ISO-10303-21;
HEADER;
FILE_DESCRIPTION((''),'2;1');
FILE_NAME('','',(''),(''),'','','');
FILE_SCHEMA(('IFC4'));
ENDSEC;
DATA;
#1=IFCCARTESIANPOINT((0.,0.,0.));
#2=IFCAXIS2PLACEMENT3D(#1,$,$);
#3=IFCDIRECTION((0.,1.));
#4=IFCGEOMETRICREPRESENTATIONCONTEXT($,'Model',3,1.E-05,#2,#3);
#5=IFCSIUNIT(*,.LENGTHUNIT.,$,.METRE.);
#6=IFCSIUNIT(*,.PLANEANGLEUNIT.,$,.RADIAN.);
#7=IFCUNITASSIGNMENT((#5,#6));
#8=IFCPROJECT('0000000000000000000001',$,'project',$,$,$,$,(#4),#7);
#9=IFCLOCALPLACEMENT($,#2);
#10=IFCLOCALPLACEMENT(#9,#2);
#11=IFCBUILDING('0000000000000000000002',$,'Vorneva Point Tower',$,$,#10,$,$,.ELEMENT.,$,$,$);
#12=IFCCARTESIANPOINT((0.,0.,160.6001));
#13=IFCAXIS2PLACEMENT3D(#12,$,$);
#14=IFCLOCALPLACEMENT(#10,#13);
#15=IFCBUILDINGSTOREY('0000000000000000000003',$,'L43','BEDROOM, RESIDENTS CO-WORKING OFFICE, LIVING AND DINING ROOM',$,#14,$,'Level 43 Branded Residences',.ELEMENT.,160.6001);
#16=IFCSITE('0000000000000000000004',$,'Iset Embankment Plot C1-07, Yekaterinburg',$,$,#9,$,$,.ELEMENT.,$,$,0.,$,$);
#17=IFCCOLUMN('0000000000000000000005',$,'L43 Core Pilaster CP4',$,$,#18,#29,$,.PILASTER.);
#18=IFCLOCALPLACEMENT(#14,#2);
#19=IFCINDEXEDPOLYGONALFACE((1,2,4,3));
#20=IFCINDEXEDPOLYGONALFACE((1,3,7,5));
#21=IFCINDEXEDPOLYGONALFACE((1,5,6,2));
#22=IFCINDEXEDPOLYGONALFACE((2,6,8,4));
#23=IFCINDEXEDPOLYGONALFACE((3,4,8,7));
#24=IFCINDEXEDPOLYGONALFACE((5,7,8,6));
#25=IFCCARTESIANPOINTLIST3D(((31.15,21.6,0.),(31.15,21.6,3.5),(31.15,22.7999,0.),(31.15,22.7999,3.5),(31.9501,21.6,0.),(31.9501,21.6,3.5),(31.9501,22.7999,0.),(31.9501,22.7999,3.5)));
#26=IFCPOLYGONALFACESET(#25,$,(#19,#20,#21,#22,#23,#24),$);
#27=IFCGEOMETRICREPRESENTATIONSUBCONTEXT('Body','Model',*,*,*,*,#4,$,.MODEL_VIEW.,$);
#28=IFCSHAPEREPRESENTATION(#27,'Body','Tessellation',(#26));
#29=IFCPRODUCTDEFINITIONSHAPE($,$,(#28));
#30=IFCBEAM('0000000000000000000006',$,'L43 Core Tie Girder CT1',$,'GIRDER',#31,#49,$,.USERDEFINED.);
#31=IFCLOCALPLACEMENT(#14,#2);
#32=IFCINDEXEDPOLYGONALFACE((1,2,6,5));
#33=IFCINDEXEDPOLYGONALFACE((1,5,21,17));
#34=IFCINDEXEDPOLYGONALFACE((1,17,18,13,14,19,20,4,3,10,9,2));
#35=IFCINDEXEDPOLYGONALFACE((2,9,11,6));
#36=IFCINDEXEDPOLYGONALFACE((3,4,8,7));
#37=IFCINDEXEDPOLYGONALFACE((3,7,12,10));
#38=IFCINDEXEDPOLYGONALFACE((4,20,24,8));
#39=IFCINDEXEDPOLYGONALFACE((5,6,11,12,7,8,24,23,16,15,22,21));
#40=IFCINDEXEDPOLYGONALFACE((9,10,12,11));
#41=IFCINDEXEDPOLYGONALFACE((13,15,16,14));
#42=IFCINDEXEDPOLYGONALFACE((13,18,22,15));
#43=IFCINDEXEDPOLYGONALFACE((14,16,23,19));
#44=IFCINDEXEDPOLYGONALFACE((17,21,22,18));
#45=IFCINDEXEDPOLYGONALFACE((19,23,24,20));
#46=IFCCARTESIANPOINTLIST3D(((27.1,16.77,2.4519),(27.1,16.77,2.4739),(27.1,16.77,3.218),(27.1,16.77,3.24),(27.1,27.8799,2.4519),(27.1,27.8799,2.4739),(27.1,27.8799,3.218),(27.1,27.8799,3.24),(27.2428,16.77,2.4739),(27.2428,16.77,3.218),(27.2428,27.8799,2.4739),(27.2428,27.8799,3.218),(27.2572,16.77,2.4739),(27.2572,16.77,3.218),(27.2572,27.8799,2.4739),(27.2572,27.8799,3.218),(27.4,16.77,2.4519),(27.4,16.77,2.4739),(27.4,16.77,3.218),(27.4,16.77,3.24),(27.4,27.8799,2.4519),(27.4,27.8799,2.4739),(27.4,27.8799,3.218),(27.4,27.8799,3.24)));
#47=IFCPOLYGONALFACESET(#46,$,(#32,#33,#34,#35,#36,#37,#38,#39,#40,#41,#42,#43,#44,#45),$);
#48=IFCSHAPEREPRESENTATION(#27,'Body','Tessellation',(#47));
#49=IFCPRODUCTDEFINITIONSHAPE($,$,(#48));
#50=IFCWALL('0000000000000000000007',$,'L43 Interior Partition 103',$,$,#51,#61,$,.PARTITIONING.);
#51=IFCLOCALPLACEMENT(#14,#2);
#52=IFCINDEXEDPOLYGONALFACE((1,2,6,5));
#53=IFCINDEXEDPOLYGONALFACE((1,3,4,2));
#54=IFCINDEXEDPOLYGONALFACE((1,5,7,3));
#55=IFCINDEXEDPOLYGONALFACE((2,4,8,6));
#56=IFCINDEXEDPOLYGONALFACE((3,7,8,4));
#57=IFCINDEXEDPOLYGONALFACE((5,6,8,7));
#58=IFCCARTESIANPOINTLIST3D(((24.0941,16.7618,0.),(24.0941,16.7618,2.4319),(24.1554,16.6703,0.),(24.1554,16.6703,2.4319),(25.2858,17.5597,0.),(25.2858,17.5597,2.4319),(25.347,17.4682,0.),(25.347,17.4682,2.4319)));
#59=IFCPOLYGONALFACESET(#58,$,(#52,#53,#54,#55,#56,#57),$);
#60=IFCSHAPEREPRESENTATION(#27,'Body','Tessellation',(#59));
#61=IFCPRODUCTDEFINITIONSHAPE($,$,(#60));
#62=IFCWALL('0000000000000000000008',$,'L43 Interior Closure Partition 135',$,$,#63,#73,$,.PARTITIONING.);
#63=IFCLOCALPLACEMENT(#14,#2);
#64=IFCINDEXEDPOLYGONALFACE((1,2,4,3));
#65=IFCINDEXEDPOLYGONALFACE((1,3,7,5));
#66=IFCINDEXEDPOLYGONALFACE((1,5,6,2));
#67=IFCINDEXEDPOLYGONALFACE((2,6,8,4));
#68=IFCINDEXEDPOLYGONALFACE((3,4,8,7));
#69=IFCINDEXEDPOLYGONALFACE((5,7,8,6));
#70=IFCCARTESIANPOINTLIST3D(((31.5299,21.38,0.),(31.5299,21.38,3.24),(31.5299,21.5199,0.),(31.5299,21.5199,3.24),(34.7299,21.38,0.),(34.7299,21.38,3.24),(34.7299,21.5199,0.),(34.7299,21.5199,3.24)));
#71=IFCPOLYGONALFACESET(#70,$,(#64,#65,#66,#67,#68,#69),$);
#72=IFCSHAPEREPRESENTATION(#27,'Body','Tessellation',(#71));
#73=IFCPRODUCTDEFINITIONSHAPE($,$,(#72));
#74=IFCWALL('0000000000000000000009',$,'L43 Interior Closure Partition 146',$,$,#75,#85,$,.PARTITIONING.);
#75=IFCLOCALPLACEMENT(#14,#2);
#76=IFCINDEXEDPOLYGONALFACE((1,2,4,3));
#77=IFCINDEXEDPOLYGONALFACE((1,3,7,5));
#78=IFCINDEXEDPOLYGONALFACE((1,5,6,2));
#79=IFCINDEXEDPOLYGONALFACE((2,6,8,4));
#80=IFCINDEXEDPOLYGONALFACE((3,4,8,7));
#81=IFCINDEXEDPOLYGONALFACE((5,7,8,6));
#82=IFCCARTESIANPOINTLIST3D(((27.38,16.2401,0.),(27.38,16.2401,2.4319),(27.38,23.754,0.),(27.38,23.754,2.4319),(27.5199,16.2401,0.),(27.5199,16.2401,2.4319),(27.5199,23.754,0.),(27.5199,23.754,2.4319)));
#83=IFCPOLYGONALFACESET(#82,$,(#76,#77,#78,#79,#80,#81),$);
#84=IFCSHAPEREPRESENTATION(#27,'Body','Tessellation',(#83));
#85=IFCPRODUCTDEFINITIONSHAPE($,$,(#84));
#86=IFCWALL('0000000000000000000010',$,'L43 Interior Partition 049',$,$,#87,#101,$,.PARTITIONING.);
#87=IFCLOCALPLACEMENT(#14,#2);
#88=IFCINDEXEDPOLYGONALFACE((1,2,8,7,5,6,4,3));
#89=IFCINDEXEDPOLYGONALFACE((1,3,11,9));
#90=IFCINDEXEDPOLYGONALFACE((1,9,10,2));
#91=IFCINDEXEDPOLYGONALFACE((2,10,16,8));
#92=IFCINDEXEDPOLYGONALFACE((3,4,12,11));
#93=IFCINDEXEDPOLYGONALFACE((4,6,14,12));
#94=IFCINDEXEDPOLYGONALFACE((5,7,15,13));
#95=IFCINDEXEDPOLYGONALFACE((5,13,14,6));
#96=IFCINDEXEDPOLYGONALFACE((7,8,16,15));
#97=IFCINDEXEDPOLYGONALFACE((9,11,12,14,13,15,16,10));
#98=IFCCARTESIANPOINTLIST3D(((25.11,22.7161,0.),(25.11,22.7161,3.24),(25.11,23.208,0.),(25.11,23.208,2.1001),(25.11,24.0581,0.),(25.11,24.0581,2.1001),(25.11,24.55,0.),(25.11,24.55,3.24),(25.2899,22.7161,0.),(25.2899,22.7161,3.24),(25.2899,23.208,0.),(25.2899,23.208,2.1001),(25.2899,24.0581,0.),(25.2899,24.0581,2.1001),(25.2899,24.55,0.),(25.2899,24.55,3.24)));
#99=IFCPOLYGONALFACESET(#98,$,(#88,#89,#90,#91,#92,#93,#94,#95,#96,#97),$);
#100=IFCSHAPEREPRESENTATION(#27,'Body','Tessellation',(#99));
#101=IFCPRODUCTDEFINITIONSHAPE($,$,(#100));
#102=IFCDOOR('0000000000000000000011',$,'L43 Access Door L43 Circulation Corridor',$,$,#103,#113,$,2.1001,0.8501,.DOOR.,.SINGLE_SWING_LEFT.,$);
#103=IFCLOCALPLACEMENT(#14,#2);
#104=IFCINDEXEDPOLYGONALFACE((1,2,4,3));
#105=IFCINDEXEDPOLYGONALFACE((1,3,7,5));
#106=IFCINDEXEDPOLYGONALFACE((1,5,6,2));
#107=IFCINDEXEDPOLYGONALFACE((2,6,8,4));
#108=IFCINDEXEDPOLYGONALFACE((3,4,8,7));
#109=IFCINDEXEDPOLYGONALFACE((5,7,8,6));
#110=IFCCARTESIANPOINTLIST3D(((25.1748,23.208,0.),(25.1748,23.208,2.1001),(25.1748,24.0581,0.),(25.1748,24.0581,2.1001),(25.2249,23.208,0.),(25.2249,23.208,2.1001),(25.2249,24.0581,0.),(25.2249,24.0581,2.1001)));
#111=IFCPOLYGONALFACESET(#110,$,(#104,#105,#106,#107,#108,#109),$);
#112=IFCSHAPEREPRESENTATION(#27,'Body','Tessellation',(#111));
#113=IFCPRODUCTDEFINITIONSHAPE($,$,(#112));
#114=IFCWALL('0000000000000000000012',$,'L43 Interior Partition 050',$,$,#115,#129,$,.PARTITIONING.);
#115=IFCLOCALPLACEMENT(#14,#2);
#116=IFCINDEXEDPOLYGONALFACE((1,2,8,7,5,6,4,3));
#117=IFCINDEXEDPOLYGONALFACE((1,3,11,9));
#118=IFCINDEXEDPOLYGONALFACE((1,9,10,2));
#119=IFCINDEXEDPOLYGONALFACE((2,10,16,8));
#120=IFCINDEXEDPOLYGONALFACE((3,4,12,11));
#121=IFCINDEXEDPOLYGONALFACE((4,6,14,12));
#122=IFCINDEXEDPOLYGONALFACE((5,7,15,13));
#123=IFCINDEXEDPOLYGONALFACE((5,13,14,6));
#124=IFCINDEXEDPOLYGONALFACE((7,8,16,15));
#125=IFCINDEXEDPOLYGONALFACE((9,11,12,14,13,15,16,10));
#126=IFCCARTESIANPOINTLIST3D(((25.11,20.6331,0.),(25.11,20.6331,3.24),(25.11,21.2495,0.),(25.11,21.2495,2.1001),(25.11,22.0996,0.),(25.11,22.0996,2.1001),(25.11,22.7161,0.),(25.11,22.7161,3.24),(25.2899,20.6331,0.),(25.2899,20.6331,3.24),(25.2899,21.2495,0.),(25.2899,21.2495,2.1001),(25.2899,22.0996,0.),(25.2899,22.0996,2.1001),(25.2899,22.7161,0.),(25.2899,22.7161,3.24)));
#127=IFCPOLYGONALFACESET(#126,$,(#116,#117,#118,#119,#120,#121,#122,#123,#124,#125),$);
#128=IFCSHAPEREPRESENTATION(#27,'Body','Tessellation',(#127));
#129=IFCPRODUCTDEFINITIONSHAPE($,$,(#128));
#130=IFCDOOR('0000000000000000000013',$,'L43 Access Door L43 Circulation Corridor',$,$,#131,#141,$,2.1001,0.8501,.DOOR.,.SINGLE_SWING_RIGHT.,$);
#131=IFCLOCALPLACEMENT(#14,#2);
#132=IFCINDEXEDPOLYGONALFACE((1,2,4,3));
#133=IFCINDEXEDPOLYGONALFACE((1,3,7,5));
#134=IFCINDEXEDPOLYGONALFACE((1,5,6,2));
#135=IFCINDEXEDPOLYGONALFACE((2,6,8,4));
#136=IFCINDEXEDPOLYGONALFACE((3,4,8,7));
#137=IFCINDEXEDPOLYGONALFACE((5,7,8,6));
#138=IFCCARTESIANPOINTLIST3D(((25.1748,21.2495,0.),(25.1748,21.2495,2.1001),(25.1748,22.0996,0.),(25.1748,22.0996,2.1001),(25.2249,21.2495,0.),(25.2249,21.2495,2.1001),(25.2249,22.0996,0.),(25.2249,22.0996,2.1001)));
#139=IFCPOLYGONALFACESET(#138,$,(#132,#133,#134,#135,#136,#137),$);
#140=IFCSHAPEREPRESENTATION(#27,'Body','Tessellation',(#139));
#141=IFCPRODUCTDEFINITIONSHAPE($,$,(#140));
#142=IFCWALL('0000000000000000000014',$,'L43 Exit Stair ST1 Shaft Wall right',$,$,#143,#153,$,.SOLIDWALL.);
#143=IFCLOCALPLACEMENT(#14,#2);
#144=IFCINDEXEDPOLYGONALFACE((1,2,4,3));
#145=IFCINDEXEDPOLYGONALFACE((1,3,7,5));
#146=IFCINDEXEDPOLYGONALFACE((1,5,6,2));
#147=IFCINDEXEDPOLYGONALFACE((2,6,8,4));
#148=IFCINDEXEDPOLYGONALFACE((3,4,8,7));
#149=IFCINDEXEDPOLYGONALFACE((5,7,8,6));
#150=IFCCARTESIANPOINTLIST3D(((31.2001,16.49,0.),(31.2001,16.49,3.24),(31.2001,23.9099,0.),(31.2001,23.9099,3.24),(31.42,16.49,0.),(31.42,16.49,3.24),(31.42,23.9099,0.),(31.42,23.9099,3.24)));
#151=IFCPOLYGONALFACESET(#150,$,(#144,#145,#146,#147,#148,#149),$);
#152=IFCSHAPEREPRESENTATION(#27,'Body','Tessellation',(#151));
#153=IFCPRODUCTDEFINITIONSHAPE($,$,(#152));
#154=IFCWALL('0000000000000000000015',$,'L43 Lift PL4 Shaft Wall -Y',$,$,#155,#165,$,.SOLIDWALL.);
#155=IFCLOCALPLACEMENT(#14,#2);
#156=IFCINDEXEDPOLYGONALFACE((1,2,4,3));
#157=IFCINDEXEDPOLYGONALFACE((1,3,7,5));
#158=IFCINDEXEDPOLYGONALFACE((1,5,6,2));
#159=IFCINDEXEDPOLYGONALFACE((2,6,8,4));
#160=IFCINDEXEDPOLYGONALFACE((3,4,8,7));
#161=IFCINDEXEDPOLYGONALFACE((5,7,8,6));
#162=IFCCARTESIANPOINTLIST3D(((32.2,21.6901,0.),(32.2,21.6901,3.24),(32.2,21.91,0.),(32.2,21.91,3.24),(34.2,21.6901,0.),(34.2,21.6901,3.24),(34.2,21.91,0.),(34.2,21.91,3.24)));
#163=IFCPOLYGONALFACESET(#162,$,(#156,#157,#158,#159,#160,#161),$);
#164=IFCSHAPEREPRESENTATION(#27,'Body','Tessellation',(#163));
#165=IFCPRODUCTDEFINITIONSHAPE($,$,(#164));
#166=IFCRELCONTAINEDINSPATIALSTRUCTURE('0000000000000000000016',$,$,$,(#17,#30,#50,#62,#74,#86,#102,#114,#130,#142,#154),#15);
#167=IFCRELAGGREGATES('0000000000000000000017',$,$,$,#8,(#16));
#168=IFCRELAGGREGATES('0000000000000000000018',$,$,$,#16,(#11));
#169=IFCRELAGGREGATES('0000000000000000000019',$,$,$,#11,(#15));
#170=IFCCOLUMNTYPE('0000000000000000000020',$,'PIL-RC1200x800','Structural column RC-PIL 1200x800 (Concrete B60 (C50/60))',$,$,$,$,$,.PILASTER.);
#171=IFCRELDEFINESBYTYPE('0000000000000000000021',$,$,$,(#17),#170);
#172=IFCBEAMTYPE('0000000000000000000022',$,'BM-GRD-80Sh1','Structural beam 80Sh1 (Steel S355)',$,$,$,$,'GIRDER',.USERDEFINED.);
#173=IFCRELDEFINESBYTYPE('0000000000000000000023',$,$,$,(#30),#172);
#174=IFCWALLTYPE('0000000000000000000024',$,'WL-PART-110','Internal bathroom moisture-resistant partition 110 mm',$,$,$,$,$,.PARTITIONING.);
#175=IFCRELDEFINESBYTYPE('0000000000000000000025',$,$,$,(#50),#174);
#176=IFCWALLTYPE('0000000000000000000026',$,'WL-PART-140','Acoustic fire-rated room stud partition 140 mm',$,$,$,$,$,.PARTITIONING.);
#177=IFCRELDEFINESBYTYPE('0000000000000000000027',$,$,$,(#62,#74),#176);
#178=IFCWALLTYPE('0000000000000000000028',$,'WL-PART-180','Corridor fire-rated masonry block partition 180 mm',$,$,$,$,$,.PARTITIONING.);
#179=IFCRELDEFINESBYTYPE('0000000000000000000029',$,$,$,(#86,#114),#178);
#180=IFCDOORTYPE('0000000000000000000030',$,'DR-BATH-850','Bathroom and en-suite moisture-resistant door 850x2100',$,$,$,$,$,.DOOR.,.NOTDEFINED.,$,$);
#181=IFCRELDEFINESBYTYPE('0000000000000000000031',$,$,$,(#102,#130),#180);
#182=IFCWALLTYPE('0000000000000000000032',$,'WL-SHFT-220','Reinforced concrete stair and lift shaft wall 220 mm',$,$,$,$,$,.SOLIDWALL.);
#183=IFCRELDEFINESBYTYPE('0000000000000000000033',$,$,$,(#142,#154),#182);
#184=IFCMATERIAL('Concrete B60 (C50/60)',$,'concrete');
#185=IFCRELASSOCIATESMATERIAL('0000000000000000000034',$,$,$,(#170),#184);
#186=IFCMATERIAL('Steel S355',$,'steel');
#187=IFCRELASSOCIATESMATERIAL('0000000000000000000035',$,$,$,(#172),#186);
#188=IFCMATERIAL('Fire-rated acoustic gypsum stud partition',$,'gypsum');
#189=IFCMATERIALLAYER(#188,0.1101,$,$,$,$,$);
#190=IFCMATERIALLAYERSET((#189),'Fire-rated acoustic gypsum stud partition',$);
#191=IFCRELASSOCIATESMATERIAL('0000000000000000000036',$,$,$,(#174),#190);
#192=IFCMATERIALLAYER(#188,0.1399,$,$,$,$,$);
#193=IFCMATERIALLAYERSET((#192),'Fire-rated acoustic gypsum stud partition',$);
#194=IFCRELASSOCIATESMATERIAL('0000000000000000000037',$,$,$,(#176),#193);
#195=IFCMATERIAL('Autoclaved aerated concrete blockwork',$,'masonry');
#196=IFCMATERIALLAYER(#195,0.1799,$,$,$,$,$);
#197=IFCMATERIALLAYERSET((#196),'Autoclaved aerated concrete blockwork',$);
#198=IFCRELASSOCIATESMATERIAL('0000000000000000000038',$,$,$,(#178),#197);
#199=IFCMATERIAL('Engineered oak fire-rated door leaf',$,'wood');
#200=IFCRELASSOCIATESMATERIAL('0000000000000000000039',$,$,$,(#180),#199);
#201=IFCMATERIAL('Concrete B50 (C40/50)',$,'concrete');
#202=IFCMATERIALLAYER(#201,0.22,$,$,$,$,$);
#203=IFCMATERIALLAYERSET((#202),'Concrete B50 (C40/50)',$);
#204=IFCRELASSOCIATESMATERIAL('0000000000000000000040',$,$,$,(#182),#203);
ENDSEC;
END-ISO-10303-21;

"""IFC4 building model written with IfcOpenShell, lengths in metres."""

from ifc_helpers import new_model, si_unit, direction, frame, frame_2d, origin, origin_2d, place, context, subcontext, project, spatial, rectangle, i_section, extrude, material, layer, layer_set, material_profile, profile_set, type_object, element, fill, save


model = new_model("IFC4")

# Units and contexts
model_context = context("Model", 3, precision=1e-05, world=origin(), true_north=direction((0.0, 1.0)))
body_context = subcontext(model_context, "Body", "Model", "MODEL_VIEW")
ifc_project = project(units=[si_unit("LENGTHUNIT", "METRE"), si_unit("PLANEANGLEUNIT", "RADIAN")], contexts=[model_context])

# Site, building, storey
site_placement = place(None, origin())
site = spatial("IfcSite", under=ifc_project, at=site_placement, Name="Iset Embankment Plot C1-07, Yekaterinburg", CompositionType="ELEMENT", RefElevation=0.0)
building_placement = place(site_placement, origin())
building = spatial("IfcBuilding", under=site, at=building_placement, Name="Vorneva Point Tower", CompositionType="ELEMENT")
storey_placement = place(building_placement, frame((0.0, 0.0, 160.6001)))
storey = spatial("IfcBuildingStorey", under=building, at=storey_placement, Name="L43", Description="BEDROOM, RESIDENTS CO-WORKING OFFICE, LIVING AND DINING ROOM", LongName="Level 43 Branded Residences", CompositionType="ELEMENT", Elevation=160.6001)

# Column
ifc_material_1 = material(Name="Concrete B60 (C50/60)", Category="concrete")
ifc_material_profile_1 = material_profile(ifc_material_1, rectangle(XDim=0.8, YDim=1.2, at=origin_2d()), Name="RC-PIL 1200x800")
ifc_profile_set_1 = profile_set([ifc_material_profile_1], Name="Concrete B60 (C50/60)")
column_type = type_object("IfcColumnType", Name="PIL-RC1200x800", Description="Structural column RC-PIL 1200x800 (Concrete B60 (C50/60))", PredefinedType="PILASTER", material=ifc_profile_set_1)
column_placement = place(storey_placement, frame((31.55, 22.2, 0.0), z_axis=(0.0, 0.0, 1.0), x_axis=(1.0, 0.0, 0.0)))
element("IfcColumn", 1, at=column_placement, inside=storey, type_object=column_type, Name="L43 Core Pilaster CP4", PredefinedType="PILASTER", context=body_context, shape_type="SweptSolid", body=[
    extrude(rectangle(XDim=0.8, YDim=1.2, at=origin_2d()), origin(), (0.0, 0.0, 1.0), 3.5),
])

# Beam
ifc_material_2 = material(Name="Steel S355", Category="steel")
ifc_material_profile_2 = material_profile(ifc_material_2, i_section(OverallWidth=0.3, OverallDepth=0.7881, WebThickness=0.0144, FlangeThickness=0.022, at=origin_2d()), Name="80Sh1")
ifc_profile_set_2 = profile_set([ifc_material_profile_2], Name="Steel S355")
beam_type = type_object("IfcBeamType", Name="BM-GRD-80Sh1", Description="Structural beam 80Sh1 (Steel S355)", ElementType="GIRDER", PredefinedType="USERDEFINED", material=ifc_profile_set_2)
beam_placement = place(storey_placement, frame((27.25, 16.77, 2.8459), z_axis=(0.0, 1.0, 0.0), x_axis=(-1.0, 0.0, 0.0)))
element("IfcBeam", 2, at=beam_placement, inside=storey, type_object=beam_type, Name="L43 Core Tie Girder CT1", ObjectType="GIRDER", PredefinedType="USERDEFINED", context=body_context, shape_type="SweptSolid", body=[
    extrude(i_section(OverallWidth=0.3, OverallDepth=0.7881, WebThickness=0.0144, FlangeThickness=0.022, at=origin_2d()), origin(), (0.0, 0.0, 1.0), 11.1099),
])

# Walls
ifc_material_3 = material(Name="Fire-rated acoustic gypsum stud partition", Category="gypsum")
ifc_layer_1 = layer(ifc_material_3, 0.1101)
ifc_layer_set_1 = layer_set([ifc_layer_1], Name="Fire-rated acoustic gypsum stud partition")
wall_type_1 = type_object("IfcWallType", Name="WL-PART-110", Description="Internal bathroom moisture-resistant partition 110 mm", PredefinedType="PARTITIONING", material=ifc_layer_set_1)
wall_1_placement = place(storey_placement, frame((25.3164, 17.5139, 0.0), z_axis=(0.0, 0.0, 1.0), x_axis=(-0.830949, -0.556349, 0.0)))
element("IfcWall", 3, at=wall_1_placement, inside=storey, type_object=wall_type_1, Name="L43 Interior Partition 103", PredefinedType="PARTITIONING", context=body_context, shape_type="SweptSolid", body=[
    extrude(rectangle(XDim=1.4341, YDim=0.1101, at=frame_2d((0.717, 0.0))), origin(), (0.0, 0.0, 1.0), 2.4319),
])
ifc_layer_2 = layer(ifc_material_3, 0.1399)
ifc_layer_set_2 = layer_set([ifc_layer_2], Name="Fire-rated acoustic gypsum stud partition")
wall_type_2 = type_object("IfcWallType", Name="WL-PART-140", Description="Acoustic fire-rated room stud partition 140 mm", PredefinedType="PARTITIONING", material=ifc_layer_set_2)
wall_2_placement = place(storey_placement, frame((34.73, 21.45, 0.0), z_axis=(0.0, 0.0, 1.0), x_axis=(-1.0, 0.0, 0.0)))
element("IfcWall", 4, at=wall_2_placement, inside=storey, type_object=wall_type_2, Name="L43 Interior Closure Partition 135", PredefinedType="PARTITIONING", context=body_context, shape_type="SweptSolid", body=[
    extrude(rectangle(XDim=3.2, YDim=0.1399, at=frame_2d((1.6001, 0.0))), origin(), (0.0, 0.0, 1.0), 3.24),
])
wall_3_placement = place(storey_placement, frame((27.45, 23.7539, 0.0), z_axis=(0.0, 0.0, 1.0), x_axis=(0.0, -1.0, 0.0)))
element("IfcWall", 5, at=wall_3_placement, inside=storey, type_object=wall_type_2, Name="L43 Interior Closure Partition 146", PredefinedType="PARTITIONING", context=body_context, shape_type="SweptSolid", body=[
    extrude(rectangle(XDim=7.5139, YDim=0.1399, at=frame_2d((3.7568, 0.0))), origin(), (0.0, 0.0, 1.0), 2.4319),
])

# Walls, openings, doors
ifc_material_4 = material(Name="Autoclaved aerated concrete blockwork", Category="masonry")
ifc_layer_3 = layer(ifc_material_4, 0.1799)
ifc_layer_set_3 = layer_set([ifc_layer_3], Name="Autoclaved aerated concrete blockwork")
wall_type_3 = type_object("IfcWallType", Name="WL-PART-180", Description="Corridor fire-rated masonry block partition 180 mm", PredefinedType="PARTITIONING", material=ifc_layer_set_3)
wall_4_placement = place(storey_placement, frame((25.2, 24.55, 0.0), z_axis=(0.0, 0.0, 1.0), x_axis=(0.0, -1.0, 0.0)))
wall_4 = element("IfcWall", 6, at=wall_4_placement, inside=storey, type_object=wall_type_3, Name="L43 Interior Partition 049", PredefinedType="PARTITIONING", context=body_context, shape_type="SweptSolid", body=[
    extrude(rectangle(XDim=1.834, YDim=0.1799, at=frame_2d((0.917, 0.0))), origin(), (0.0, 0.0, 1.0), 3.24),
])
opening_1_placement = place(wall_4_placement, frame((0.4919, 0.0, 0.0)))
opening_1 = element("IfcOpeningElement", 7, at=opening_1_placement, cuts=wall_4, PredefinedType="OPENING", context=body_context, shape_type="SweptSolid", body=[
    extrude(rectangle(XDim=0.8501, YDim=2.1001, at=frame_2d((0.425, 1.05))), frame((0.0, 0.105, 0.0), z_axis=(0.0, -1.0, 0.0), x_axis=(1.0, 0.0, 0.0)), (0.0, 0.0, 1.0), 0.2097),
])
ifc_material_5 = material(Name="Engineered oak fire-rated door leaf", Category="wood")
door_type_1 = type_object("IfcDoorType", Name="DR-BATH-850", Description="Bathroom and en-suite moisture-resistant door 850x2100", OperationType="NOTDEFINED", PredefinedType="DOOR", material=ifc_material_5)
door_1_placement = place(opening_1_placement, origin())
door_1 = element("IfcDoor", 8, at=door_1_placement, inside=storey, type_object=door_type_1, Name="L43 Access Door L43 Circulation Corridor", OperationType="SINGLE_SWING_LEFT", OverallHeight=2.1001, OverallWidth=0.8501, PredefinedType="DOOR", context=body_context, shape_type="SweptSolid", body=[
    extrude(rectangle(XDim=0.8501, YDim=2.1001, at=frame_2d((0.425, 1.05))), frame((0.0, 0.0249, 0.0), z_axis=(0.0, -1.0, 0.0), x_axis=(1.0, 0.0, 0.0)), (0.0, 0.0, 1.0), 0.05),
])
fill(opening_1, door_1)
wall_5_placement = place(storey_placement, frame((25.2, 22.7161, 0.0), z_axis=(0.0, 0.0, 1.0), x_axis=(0.0, -1.0, 0.0)))
wall_5 = element("IfcWall", 9, at=wall_5_placement, inside=storey, type_object=wall_type_3, Name="L43 Interior Partition 050", PredefinedType="PARTITIONING", context=body_context, shape_type="SweptSolid", body=[
    extrude(rectangle(XDim=2.083, YDim=0.1799, at=frame_2d((1.0415, 0.0))), origin(), (0.0, 0.0, 1.0), 3.24),
])
opening_2_placement = place(wall_5_placement, frame((0.6165, 0.0, 0.0)))
opening_2 = element("IfcOpeningElement", 10, at=opening_2_placement, cuts=wall_5, PredefinedType="OPENING", context=body_context, shape_type="SweptSolid", body=[
    extrude(rectangle(XDim=0.8501, YDim=2.1001, at=frame_2d((0.425, 1.05))), frame((0.0, 0.105, 0.0), z_axis=(0.0, -1.0, 0.0), x_axis=(1.0, 0.0, 0.0)), (0.0, 0.0, 1.0), 0.2097),
])
door_2_placement = place(opening_2_placement, origin())
door_2 = element("IfcDoor", 11, at=door_2_placement, inside=storey, type_object=door_type_1, Name="L43 Access Door L43 Circulation Corridor", OperationType="SINGLE_SWING_RIGHT", OverallHeight=2.1001, OverallWidth=0.8501, PredefinedType="DOOR", context=body_context, shape_type="SweptSolid", body=[
    extrude(rectangle(XDim=0.8501, YDim=2.1001, at=frame_2d((0.425, 1.05))), frame((0.0, 0.0249, 0.0), z_axis=(0.0, -1.0, 0.0), x_axis=(1.0, 0.0, 0.0)), (0.0, 0.0, 1.0), 0.05),
])
fill(opening_2, door_2)
ifc_material_6 = material(Name="Concrete B50 (C40/50)", Category="concrete")
ifc_layer_4 = layer(ifc_material_6, 0.22)
ifc_layer_set_4 = layer_set([ifc_layer_4], Name="Concrete B50 (C40/50)")
wall_type_4 = type_object("IfcWallType", Name="WL-SHFT-220", Description="Reinforced concrete stair and lift shaft wall 220 mm", PredefinedType="SOLIDWALL", material=ifc_layer_set_4)

# Walls
wall_6_placement = place(storey_placement, frame((31.3101, 23.9099, 0.0), z_axis=(0.0, 0.0, 1.0), x_axis=(0.0, -1.0, 0.0)))
element("IfcWall", 12, at=wall_6_placement, inside=storey, type_object=wall_type_4, Name="L43 Exit Stair ST1 Shaft Wall right", PredefinedType="SOLIDWALL", context=body_context, shape_type="SweptSolid", body=[
    extrude(rectangle(XDim=7.4199, YDim=0.22, at=frame_2d((3.71, 0.0))), origin(), (0.0, 0.0, 1.0), 3.24),
])
wall_7_placement = place(storey_placement, frame((32.2, 21.8, 0.0), z_axis=(0.0, 0.0, 1.0), x_axis=(1.0, 0.0, 0.0)))
element("IfcWall", 13, at=wall_7_placement, inside=storey, type_object=wall_type_4, Name="L43 Lift PL4 Shaft Wall -Y", PredefinedType="SOLIDWALL", context=body_context, shape_type="SweptSolid", body=[
    extrude(rectangle(XDim=2.0, YDim=0.22, at=frame_2d((1.0, 0.0))), origin(), (0.0, 0.0, 1.0), 3.24),
])

save(model, "model.ifc")
